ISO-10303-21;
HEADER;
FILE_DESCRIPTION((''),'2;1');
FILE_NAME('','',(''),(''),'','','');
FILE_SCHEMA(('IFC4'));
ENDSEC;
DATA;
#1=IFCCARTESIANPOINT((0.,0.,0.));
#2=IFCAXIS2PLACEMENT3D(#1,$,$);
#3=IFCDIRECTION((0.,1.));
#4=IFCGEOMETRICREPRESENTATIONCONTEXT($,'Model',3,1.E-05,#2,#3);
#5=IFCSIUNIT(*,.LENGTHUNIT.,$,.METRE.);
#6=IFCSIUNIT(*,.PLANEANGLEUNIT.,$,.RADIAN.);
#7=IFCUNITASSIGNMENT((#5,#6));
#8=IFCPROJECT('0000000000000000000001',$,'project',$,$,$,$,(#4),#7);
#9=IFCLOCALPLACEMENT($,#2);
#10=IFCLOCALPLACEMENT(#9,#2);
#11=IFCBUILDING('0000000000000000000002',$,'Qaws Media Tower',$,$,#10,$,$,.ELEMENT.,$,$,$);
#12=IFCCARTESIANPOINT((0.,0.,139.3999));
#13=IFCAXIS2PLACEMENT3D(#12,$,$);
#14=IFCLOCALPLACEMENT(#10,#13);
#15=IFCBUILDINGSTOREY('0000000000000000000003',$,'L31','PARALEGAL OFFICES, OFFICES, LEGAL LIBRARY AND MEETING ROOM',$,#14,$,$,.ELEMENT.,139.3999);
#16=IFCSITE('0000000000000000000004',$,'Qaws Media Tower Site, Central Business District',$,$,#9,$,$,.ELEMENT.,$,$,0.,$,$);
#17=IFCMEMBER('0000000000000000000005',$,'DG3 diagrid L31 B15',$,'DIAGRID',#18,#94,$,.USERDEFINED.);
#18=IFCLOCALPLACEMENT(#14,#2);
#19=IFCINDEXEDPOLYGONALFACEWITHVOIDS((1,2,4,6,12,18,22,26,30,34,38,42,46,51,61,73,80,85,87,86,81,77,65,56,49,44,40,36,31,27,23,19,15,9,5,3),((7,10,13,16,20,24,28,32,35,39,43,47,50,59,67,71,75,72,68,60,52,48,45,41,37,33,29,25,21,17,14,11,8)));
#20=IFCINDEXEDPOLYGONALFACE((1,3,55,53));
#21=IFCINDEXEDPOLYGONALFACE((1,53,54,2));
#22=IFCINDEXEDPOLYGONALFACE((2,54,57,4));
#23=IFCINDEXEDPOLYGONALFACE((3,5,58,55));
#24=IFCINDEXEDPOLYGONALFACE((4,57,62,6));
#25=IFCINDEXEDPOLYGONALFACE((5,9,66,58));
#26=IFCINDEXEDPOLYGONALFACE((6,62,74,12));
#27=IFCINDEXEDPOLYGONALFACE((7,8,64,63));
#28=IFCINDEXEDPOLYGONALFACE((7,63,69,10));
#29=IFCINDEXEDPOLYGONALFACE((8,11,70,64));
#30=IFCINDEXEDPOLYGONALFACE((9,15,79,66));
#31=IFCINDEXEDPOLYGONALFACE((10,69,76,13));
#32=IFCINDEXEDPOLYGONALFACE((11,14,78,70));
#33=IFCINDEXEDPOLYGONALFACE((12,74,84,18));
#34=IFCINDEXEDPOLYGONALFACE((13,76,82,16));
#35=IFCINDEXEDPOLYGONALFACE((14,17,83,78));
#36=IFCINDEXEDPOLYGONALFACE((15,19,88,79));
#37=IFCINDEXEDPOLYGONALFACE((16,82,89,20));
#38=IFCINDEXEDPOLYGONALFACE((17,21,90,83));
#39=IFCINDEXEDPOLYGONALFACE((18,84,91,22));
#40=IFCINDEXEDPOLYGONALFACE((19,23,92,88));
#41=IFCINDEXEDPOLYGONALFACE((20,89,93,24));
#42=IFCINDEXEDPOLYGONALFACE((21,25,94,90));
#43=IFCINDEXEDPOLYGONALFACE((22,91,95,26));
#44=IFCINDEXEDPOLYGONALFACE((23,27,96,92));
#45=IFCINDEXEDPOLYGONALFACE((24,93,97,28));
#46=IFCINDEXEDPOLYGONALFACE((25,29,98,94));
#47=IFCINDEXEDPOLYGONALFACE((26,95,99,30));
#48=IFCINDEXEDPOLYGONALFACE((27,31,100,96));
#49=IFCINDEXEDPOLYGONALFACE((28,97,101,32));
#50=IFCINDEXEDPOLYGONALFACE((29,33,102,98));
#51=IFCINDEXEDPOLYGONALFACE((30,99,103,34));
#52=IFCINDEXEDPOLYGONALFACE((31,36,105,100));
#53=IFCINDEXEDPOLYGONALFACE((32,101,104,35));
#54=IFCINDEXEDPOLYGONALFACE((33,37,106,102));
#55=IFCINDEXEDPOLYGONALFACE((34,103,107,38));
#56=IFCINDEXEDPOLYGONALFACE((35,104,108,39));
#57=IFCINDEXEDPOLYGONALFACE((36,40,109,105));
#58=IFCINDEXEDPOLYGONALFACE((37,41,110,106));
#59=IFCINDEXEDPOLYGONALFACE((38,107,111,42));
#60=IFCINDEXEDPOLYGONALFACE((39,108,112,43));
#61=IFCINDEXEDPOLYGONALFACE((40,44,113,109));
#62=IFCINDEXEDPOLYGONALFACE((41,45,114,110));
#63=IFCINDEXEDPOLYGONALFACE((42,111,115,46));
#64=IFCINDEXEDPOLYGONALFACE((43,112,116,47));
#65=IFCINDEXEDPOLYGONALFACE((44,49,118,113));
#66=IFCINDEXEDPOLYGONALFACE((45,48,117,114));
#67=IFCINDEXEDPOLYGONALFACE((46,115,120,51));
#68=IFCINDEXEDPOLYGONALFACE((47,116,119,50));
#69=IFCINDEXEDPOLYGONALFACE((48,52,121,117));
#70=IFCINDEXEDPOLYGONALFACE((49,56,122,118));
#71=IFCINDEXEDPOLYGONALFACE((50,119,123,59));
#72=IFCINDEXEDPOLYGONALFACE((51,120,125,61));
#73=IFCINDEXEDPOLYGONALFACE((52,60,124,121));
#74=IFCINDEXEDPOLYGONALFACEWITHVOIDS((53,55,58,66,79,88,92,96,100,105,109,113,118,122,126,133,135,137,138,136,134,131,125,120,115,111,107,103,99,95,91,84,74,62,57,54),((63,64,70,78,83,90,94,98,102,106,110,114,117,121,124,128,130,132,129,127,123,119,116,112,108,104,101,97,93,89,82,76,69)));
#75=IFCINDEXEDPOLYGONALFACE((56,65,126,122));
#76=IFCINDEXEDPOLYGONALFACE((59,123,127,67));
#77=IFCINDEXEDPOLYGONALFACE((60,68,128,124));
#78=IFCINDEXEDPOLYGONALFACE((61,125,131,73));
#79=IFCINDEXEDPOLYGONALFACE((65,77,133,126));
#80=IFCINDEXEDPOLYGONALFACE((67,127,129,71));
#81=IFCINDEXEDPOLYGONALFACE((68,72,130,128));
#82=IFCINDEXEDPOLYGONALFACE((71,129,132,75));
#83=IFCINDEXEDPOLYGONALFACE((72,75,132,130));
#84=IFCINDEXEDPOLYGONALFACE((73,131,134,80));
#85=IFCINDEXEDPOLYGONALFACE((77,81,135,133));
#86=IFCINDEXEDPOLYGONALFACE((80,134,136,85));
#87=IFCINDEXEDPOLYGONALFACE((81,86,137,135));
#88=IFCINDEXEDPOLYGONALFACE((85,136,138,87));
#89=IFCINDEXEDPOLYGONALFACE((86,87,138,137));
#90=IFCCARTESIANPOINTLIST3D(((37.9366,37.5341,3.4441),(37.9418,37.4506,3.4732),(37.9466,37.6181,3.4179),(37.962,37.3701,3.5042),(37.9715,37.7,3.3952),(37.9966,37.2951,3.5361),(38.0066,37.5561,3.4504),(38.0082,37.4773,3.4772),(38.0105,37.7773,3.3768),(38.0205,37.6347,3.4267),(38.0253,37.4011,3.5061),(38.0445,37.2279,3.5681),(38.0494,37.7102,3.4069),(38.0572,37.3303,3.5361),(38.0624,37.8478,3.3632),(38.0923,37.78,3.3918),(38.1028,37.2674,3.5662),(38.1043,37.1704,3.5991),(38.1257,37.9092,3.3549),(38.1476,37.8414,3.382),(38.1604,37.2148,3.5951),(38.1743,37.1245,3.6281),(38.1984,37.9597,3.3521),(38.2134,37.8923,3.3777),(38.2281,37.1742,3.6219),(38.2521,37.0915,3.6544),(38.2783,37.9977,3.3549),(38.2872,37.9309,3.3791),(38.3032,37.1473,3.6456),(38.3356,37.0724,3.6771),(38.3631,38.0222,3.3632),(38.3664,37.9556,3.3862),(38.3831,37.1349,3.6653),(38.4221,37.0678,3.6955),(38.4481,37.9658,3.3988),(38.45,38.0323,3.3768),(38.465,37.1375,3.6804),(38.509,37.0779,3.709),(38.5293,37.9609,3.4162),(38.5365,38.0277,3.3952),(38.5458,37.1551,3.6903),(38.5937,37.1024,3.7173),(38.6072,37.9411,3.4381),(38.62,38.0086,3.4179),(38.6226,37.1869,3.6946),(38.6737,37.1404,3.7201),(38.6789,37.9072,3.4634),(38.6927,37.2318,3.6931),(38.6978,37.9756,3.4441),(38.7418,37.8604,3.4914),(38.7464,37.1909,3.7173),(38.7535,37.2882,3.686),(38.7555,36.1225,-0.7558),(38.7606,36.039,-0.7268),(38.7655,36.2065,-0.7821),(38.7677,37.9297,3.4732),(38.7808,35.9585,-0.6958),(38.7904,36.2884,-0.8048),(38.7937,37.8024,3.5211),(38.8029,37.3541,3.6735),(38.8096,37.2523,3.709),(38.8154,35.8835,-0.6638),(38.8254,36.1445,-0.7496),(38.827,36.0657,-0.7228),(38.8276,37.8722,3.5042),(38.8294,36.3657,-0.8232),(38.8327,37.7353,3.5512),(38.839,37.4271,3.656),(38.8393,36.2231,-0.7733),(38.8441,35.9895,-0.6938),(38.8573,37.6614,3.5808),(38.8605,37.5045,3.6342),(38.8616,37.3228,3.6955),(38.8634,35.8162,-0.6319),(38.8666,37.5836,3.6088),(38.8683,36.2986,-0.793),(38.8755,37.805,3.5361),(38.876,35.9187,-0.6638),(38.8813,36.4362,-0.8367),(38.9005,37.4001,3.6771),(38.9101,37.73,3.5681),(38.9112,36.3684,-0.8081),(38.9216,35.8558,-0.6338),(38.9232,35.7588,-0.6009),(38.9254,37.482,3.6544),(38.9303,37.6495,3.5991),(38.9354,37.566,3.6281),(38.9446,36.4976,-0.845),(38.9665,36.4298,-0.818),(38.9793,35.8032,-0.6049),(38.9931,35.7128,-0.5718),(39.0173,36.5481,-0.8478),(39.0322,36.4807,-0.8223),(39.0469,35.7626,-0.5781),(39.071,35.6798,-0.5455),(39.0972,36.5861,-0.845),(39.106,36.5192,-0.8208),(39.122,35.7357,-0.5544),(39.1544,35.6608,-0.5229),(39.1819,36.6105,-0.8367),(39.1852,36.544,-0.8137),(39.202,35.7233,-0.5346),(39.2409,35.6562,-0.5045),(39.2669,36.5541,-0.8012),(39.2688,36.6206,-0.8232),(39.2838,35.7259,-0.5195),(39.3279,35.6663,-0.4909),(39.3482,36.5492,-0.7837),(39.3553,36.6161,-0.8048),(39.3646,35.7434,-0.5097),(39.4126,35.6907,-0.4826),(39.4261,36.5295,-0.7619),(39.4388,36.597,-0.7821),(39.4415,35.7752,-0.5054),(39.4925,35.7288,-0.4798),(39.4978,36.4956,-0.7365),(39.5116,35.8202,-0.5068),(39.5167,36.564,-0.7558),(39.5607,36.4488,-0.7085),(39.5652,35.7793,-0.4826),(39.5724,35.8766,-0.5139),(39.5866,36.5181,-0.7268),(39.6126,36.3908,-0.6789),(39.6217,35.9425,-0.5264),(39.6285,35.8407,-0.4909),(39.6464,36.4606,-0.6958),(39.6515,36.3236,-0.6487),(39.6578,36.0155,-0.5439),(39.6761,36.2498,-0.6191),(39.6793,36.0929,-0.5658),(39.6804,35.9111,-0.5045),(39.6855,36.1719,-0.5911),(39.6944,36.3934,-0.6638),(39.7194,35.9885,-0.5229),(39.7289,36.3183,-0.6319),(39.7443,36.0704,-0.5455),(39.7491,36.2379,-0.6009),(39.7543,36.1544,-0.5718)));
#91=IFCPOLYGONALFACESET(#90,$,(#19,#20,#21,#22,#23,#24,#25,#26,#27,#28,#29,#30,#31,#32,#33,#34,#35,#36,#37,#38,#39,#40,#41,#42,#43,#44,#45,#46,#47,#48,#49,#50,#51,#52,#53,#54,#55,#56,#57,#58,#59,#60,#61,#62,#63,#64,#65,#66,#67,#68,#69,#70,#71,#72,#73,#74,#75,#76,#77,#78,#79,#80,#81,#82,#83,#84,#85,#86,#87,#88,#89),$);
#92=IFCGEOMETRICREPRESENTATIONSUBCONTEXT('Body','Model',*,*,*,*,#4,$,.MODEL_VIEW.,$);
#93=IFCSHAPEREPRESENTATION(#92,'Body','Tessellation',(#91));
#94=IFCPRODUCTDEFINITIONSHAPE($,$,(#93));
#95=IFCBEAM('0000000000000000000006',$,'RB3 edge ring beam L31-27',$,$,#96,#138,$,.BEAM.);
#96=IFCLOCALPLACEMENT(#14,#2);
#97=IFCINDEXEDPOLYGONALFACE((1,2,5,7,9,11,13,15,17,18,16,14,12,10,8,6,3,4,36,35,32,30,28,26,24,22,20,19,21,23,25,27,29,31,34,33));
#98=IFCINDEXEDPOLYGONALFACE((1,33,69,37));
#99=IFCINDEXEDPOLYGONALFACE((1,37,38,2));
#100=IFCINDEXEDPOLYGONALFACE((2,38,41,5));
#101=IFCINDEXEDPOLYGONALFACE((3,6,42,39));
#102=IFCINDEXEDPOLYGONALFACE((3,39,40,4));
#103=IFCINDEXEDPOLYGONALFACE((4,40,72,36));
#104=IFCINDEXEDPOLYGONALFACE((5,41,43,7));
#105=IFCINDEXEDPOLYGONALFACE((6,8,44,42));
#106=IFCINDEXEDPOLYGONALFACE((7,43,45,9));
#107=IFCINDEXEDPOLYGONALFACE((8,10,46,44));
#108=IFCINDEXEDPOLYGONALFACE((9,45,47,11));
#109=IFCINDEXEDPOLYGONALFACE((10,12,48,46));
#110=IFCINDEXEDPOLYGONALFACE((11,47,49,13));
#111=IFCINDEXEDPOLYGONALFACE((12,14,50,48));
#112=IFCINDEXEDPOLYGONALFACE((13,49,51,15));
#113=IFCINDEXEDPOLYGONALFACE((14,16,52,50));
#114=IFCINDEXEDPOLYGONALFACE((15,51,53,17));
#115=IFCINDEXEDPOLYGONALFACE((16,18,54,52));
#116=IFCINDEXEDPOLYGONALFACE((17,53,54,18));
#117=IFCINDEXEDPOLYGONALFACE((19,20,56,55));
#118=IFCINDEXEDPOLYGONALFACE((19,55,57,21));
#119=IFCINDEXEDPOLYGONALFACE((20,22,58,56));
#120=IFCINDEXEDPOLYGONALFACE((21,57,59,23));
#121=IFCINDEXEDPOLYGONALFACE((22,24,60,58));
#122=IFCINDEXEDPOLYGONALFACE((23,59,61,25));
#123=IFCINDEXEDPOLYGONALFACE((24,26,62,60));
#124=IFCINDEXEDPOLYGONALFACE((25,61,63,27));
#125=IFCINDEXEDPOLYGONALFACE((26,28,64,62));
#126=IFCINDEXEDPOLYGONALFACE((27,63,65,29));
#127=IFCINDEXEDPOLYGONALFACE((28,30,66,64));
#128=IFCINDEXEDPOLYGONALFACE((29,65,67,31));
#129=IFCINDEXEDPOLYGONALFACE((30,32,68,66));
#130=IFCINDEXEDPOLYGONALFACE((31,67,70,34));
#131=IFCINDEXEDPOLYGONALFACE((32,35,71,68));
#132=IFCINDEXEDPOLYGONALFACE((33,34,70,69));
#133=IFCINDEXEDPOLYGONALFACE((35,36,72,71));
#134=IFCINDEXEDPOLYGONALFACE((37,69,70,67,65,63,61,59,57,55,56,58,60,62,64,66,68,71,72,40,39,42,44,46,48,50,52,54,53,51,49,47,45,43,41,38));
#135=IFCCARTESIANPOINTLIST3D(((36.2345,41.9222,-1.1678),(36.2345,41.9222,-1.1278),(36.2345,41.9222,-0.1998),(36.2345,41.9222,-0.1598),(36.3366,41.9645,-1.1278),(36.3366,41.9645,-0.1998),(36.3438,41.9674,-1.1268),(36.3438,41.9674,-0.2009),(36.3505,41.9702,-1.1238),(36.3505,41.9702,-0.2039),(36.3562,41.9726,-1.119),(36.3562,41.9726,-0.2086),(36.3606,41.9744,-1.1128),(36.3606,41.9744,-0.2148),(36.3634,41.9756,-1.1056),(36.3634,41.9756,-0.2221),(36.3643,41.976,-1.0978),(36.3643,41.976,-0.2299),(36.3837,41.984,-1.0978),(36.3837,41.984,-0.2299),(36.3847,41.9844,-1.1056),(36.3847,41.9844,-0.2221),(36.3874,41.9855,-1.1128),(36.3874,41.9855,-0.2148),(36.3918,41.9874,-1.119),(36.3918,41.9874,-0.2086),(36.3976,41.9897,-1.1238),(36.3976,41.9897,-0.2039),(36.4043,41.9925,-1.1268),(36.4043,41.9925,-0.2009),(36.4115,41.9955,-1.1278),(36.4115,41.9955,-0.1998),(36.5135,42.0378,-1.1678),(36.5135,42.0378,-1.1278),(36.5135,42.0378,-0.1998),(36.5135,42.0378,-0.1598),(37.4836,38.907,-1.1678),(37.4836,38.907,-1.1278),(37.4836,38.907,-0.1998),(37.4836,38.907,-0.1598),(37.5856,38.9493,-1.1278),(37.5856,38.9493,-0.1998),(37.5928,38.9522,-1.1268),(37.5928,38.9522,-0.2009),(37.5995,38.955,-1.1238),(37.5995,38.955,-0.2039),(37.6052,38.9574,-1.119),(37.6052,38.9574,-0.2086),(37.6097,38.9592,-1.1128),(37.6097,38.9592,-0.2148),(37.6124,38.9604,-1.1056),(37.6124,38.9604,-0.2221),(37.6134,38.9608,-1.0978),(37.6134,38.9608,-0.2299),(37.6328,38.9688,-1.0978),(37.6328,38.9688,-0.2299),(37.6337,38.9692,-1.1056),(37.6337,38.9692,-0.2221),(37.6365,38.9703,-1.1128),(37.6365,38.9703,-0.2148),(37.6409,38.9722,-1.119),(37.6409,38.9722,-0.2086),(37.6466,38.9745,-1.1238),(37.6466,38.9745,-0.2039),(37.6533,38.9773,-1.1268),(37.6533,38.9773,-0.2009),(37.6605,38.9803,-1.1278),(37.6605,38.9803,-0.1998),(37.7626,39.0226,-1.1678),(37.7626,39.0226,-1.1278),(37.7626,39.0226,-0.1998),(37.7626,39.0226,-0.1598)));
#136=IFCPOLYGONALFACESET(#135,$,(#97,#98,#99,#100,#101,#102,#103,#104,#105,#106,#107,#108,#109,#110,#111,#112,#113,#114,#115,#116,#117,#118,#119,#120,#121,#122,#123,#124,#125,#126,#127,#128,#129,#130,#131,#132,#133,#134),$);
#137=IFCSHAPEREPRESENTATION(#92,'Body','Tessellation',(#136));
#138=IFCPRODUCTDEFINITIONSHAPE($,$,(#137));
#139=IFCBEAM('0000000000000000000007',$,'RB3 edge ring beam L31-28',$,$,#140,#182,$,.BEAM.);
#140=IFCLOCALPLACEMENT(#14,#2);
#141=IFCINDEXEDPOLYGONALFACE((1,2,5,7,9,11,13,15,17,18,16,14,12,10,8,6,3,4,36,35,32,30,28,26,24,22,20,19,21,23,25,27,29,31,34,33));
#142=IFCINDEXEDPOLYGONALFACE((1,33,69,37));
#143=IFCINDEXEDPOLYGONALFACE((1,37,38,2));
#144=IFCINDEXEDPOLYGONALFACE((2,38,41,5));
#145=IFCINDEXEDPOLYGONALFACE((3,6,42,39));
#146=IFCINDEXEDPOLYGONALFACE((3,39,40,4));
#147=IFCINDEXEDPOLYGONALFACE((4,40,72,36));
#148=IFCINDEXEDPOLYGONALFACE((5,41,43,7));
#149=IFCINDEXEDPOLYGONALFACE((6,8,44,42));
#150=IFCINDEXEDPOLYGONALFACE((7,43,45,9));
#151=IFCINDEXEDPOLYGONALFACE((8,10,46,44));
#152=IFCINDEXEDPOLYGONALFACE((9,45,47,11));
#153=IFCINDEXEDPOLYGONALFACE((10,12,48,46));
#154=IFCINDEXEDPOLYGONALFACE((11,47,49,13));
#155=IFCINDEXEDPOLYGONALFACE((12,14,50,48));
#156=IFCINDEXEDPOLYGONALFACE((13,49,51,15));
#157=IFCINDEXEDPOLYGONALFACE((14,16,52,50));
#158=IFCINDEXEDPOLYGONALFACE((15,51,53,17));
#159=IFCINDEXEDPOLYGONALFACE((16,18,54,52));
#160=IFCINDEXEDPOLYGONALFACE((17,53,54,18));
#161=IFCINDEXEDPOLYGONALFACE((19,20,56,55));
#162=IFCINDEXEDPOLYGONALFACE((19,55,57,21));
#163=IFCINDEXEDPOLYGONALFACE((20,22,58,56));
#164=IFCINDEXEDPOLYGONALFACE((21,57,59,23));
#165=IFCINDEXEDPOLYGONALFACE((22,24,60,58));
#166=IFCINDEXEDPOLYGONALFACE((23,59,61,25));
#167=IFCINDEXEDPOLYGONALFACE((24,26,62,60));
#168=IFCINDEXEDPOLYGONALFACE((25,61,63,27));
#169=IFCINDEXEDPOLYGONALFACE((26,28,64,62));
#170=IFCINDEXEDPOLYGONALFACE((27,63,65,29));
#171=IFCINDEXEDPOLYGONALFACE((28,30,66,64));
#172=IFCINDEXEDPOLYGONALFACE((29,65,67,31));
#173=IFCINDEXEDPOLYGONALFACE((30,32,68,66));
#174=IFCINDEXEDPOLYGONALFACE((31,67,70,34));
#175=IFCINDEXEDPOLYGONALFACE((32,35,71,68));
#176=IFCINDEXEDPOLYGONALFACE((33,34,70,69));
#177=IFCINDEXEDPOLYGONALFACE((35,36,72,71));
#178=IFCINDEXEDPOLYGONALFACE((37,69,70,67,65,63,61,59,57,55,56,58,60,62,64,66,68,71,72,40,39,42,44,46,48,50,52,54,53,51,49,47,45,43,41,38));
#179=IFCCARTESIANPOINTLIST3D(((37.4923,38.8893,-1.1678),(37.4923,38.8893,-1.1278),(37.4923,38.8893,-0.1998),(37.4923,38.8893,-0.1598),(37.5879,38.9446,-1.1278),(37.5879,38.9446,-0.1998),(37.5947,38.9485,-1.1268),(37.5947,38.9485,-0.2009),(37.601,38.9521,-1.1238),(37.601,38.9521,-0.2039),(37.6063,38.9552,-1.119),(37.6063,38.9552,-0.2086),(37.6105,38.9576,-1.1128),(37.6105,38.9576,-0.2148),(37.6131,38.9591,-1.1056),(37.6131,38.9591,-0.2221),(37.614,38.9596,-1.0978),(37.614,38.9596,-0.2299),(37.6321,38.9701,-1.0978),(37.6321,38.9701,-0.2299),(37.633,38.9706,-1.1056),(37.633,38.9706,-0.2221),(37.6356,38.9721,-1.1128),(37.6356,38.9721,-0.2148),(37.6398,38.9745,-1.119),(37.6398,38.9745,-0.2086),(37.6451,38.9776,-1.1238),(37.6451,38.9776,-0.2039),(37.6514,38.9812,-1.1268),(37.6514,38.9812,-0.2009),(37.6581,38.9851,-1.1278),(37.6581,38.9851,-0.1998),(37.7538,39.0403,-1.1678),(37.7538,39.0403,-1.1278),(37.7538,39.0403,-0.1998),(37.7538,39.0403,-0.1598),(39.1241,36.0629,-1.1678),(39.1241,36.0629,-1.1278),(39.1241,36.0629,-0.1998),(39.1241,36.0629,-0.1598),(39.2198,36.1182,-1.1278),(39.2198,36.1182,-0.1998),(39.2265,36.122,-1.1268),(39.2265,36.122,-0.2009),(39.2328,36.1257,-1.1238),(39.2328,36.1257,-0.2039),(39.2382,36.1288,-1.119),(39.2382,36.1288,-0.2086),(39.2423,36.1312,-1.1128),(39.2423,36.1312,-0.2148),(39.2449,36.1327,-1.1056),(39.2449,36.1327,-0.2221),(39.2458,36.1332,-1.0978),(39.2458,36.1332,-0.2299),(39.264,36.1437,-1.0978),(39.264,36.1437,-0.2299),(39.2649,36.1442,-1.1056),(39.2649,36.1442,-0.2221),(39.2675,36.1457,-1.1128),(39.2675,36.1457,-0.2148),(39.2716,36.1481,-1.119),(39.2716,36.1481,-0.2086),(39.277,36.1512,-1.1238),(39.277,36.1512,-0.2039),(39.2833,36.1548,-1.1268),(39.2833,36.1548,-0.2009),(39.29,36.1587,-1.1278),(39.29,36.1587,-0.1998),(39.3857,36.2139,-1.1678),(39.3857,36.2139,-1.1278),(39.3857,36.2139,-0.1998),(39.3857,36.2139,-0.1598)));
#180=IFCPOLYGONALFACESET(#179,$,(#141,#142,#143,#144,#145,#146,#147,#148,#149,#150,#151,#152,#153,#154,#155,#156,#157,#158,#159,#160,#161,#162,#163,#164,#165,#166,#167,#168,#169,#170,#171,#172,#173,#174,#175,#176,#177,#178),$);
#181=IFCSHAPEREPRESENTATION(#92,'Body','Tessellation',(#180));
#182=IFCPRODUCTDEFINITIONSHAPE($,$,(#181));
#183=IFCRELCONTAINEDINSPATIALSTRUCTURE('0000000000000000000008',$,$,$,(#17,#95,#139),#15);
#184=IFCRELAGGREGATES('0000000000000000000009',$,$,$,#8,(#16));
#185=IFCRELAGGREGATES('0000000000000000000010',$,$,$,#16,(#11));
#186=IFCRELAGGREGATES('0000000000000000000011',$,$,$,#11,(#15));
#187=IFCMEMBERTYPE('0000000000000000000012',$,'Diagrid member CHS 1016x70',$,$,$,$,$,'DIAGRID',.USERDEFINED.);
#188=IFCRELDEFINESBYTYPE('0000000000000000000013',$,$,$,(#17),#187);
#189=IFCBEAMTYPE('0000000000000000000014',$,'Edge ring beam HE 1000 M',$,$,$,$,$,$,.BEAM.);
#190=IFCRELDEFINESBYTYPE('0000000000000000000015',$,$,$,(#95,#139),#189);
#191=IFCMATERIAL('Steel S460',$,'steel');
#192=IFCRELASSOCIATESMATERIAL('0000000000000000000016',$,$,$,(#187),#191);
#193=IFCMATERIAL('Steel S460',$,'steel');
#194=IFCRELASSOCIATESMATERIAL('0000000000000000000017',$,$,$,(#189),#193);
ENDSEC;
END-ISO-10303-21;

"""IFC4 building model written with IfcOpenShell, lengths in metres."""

from ifc_helpers import new_model, si_unit, direction, frame, origin, origin_2d, place, context, subcontext, project, spatial, hollow_circle, i_section, extrude, material, material_profile, profile_set, type_object, element, save


model = new_model("IFC4")

# Units and contexts
model_context = context("Model", 3, precision=1e-05, world=origin(), true_north=direction((0.0, 1.0)))
body_context = subcontext(model_context, "Body", "Model", "MODEL_VIEW")
ifc_project = project(units=[si_unit("LENGTHUNIT", "METRE"), si_unit("PLANEANGLEUNIT", "RADIAN")], contexts=[model_context])

# Site, building, storey
site_placement = place(None, origin())
site = spatial("IfcSite", under=ifc_project, at=site_placement, Name="Qaws Media Tower Site, Central Business District", CompositionType="ELEMENT", RefElevation=0.0)
building_placement = place(site_placement, origin())
building = spatial("IfcBuilding", under=site, at=building_placement, Name="Qaws Media Tower", CompositionType="ELEMENT")
storey_placement = place(building_placement, frame((0.0, 0.0, 139.3999)))
storey = spatial("IfcBuildingStorey", under=building, at=storey_placement, Name="L31", Description="PARALEGAL OFFICES, OFFICES, LEGAL LIBRARY AND MEETING ROOM", CompositionType="ELEMENT", Elevation=139.3999)

# Member
ifc_material_1 = material(Name="Steel S460", Category="steel")
ifc_material_profile_1 = material_profile(ifc_material_1, hollow_circle(Radius=0.5081, WallThickness=0.0701, at=origin_2d()), Name="CHS 1016x70")
ifc_profile_set_1 = profile_set([ifc_material_profile_1], Name="Steel S460")
member_type = type_object("IfcMemberType", Name="Diagrid member CHS 1016x70", ElementType="DIAGRID", PredefinedType="USERDEFINED", material=ifc_profile_set_1)
for number, where, z_axis, x_axis, name in (
    (1, (39.2549, 36.1384, -0.6638), (-0.181729, 0.313286, 0.932109), (-0.865003, -0.501767, 0.0), "DG3 diagrid L31 B15"),
):
    element("IfcMember", number, at=place(storey_placement, frame(where, z_axis=z_axis, x_axis=x_axis)), inside=storey, type_object=member_type, Name=name, ObjectType="DIAGRID", PredefinedType="USERDEFINED", context=body_context, shape_type="SweptSolid", body=[
        extrude(hollow_circle(Radius=0.5081, WallThickness=0.0701, at=origin_2d()), origin(), (0.0, 0.0, 1.0), 4.5059),
    ])

# Beams
ifc_material_2 = material(Name="Steel S460", Category="steel")
ifc_material_profile_2 = material_profile(ifc_material_2, i_section(OverallWidth=0.302, OverallDepth=1.0081, WebThickness=0.021, FlangeThickness=0.04, FilletRadius=0.03, at=origin_2d()), Name="HE 1000 M")
ifc_profile_set_2 = profile_set([ifc_material_profile_2], Name="Steel S460")
beam_type = type_object("IfcBeamType", Name="Edge ring beam HE 1000 M", PredefinedType="BEAM", material=ifc_profile_set_2)
for number, where, z_axis, x_axis, name in (
    (2, (36.374, 41.98, -0.6638), (0.382713, -0.923867, 0.0), (0.923867, 0.382713, 0.0), "RB3 edge ring beam L31-27"),
    (3, (37.623, 38.9648, -0.6638), (0.500001, -0.866025, 0.0), (0.866025, 0.500001, 0.0), "RB3 edge ring beam L31-28"),
):
    element("IfcBeam", number, at=place(storey_placement, frame(where, z_axis=z_axis, x_axis=x_axis)), inside=storey, type_object=beam_type, Name=name, PredefinedType="BEAM", context=body_context, shape_type="SweptSolid", body=[
        extrude(i_section(OverallWidth=0.302, OverallDepth=1.0081, WebThickness=0.021, FlangeThickness=0.04, FilletRadius=0.03, at=origin_2d()), origin(), (0.0, 0.0, 1.0), 3.2637),
    ])

save(model, "model.ifc")
